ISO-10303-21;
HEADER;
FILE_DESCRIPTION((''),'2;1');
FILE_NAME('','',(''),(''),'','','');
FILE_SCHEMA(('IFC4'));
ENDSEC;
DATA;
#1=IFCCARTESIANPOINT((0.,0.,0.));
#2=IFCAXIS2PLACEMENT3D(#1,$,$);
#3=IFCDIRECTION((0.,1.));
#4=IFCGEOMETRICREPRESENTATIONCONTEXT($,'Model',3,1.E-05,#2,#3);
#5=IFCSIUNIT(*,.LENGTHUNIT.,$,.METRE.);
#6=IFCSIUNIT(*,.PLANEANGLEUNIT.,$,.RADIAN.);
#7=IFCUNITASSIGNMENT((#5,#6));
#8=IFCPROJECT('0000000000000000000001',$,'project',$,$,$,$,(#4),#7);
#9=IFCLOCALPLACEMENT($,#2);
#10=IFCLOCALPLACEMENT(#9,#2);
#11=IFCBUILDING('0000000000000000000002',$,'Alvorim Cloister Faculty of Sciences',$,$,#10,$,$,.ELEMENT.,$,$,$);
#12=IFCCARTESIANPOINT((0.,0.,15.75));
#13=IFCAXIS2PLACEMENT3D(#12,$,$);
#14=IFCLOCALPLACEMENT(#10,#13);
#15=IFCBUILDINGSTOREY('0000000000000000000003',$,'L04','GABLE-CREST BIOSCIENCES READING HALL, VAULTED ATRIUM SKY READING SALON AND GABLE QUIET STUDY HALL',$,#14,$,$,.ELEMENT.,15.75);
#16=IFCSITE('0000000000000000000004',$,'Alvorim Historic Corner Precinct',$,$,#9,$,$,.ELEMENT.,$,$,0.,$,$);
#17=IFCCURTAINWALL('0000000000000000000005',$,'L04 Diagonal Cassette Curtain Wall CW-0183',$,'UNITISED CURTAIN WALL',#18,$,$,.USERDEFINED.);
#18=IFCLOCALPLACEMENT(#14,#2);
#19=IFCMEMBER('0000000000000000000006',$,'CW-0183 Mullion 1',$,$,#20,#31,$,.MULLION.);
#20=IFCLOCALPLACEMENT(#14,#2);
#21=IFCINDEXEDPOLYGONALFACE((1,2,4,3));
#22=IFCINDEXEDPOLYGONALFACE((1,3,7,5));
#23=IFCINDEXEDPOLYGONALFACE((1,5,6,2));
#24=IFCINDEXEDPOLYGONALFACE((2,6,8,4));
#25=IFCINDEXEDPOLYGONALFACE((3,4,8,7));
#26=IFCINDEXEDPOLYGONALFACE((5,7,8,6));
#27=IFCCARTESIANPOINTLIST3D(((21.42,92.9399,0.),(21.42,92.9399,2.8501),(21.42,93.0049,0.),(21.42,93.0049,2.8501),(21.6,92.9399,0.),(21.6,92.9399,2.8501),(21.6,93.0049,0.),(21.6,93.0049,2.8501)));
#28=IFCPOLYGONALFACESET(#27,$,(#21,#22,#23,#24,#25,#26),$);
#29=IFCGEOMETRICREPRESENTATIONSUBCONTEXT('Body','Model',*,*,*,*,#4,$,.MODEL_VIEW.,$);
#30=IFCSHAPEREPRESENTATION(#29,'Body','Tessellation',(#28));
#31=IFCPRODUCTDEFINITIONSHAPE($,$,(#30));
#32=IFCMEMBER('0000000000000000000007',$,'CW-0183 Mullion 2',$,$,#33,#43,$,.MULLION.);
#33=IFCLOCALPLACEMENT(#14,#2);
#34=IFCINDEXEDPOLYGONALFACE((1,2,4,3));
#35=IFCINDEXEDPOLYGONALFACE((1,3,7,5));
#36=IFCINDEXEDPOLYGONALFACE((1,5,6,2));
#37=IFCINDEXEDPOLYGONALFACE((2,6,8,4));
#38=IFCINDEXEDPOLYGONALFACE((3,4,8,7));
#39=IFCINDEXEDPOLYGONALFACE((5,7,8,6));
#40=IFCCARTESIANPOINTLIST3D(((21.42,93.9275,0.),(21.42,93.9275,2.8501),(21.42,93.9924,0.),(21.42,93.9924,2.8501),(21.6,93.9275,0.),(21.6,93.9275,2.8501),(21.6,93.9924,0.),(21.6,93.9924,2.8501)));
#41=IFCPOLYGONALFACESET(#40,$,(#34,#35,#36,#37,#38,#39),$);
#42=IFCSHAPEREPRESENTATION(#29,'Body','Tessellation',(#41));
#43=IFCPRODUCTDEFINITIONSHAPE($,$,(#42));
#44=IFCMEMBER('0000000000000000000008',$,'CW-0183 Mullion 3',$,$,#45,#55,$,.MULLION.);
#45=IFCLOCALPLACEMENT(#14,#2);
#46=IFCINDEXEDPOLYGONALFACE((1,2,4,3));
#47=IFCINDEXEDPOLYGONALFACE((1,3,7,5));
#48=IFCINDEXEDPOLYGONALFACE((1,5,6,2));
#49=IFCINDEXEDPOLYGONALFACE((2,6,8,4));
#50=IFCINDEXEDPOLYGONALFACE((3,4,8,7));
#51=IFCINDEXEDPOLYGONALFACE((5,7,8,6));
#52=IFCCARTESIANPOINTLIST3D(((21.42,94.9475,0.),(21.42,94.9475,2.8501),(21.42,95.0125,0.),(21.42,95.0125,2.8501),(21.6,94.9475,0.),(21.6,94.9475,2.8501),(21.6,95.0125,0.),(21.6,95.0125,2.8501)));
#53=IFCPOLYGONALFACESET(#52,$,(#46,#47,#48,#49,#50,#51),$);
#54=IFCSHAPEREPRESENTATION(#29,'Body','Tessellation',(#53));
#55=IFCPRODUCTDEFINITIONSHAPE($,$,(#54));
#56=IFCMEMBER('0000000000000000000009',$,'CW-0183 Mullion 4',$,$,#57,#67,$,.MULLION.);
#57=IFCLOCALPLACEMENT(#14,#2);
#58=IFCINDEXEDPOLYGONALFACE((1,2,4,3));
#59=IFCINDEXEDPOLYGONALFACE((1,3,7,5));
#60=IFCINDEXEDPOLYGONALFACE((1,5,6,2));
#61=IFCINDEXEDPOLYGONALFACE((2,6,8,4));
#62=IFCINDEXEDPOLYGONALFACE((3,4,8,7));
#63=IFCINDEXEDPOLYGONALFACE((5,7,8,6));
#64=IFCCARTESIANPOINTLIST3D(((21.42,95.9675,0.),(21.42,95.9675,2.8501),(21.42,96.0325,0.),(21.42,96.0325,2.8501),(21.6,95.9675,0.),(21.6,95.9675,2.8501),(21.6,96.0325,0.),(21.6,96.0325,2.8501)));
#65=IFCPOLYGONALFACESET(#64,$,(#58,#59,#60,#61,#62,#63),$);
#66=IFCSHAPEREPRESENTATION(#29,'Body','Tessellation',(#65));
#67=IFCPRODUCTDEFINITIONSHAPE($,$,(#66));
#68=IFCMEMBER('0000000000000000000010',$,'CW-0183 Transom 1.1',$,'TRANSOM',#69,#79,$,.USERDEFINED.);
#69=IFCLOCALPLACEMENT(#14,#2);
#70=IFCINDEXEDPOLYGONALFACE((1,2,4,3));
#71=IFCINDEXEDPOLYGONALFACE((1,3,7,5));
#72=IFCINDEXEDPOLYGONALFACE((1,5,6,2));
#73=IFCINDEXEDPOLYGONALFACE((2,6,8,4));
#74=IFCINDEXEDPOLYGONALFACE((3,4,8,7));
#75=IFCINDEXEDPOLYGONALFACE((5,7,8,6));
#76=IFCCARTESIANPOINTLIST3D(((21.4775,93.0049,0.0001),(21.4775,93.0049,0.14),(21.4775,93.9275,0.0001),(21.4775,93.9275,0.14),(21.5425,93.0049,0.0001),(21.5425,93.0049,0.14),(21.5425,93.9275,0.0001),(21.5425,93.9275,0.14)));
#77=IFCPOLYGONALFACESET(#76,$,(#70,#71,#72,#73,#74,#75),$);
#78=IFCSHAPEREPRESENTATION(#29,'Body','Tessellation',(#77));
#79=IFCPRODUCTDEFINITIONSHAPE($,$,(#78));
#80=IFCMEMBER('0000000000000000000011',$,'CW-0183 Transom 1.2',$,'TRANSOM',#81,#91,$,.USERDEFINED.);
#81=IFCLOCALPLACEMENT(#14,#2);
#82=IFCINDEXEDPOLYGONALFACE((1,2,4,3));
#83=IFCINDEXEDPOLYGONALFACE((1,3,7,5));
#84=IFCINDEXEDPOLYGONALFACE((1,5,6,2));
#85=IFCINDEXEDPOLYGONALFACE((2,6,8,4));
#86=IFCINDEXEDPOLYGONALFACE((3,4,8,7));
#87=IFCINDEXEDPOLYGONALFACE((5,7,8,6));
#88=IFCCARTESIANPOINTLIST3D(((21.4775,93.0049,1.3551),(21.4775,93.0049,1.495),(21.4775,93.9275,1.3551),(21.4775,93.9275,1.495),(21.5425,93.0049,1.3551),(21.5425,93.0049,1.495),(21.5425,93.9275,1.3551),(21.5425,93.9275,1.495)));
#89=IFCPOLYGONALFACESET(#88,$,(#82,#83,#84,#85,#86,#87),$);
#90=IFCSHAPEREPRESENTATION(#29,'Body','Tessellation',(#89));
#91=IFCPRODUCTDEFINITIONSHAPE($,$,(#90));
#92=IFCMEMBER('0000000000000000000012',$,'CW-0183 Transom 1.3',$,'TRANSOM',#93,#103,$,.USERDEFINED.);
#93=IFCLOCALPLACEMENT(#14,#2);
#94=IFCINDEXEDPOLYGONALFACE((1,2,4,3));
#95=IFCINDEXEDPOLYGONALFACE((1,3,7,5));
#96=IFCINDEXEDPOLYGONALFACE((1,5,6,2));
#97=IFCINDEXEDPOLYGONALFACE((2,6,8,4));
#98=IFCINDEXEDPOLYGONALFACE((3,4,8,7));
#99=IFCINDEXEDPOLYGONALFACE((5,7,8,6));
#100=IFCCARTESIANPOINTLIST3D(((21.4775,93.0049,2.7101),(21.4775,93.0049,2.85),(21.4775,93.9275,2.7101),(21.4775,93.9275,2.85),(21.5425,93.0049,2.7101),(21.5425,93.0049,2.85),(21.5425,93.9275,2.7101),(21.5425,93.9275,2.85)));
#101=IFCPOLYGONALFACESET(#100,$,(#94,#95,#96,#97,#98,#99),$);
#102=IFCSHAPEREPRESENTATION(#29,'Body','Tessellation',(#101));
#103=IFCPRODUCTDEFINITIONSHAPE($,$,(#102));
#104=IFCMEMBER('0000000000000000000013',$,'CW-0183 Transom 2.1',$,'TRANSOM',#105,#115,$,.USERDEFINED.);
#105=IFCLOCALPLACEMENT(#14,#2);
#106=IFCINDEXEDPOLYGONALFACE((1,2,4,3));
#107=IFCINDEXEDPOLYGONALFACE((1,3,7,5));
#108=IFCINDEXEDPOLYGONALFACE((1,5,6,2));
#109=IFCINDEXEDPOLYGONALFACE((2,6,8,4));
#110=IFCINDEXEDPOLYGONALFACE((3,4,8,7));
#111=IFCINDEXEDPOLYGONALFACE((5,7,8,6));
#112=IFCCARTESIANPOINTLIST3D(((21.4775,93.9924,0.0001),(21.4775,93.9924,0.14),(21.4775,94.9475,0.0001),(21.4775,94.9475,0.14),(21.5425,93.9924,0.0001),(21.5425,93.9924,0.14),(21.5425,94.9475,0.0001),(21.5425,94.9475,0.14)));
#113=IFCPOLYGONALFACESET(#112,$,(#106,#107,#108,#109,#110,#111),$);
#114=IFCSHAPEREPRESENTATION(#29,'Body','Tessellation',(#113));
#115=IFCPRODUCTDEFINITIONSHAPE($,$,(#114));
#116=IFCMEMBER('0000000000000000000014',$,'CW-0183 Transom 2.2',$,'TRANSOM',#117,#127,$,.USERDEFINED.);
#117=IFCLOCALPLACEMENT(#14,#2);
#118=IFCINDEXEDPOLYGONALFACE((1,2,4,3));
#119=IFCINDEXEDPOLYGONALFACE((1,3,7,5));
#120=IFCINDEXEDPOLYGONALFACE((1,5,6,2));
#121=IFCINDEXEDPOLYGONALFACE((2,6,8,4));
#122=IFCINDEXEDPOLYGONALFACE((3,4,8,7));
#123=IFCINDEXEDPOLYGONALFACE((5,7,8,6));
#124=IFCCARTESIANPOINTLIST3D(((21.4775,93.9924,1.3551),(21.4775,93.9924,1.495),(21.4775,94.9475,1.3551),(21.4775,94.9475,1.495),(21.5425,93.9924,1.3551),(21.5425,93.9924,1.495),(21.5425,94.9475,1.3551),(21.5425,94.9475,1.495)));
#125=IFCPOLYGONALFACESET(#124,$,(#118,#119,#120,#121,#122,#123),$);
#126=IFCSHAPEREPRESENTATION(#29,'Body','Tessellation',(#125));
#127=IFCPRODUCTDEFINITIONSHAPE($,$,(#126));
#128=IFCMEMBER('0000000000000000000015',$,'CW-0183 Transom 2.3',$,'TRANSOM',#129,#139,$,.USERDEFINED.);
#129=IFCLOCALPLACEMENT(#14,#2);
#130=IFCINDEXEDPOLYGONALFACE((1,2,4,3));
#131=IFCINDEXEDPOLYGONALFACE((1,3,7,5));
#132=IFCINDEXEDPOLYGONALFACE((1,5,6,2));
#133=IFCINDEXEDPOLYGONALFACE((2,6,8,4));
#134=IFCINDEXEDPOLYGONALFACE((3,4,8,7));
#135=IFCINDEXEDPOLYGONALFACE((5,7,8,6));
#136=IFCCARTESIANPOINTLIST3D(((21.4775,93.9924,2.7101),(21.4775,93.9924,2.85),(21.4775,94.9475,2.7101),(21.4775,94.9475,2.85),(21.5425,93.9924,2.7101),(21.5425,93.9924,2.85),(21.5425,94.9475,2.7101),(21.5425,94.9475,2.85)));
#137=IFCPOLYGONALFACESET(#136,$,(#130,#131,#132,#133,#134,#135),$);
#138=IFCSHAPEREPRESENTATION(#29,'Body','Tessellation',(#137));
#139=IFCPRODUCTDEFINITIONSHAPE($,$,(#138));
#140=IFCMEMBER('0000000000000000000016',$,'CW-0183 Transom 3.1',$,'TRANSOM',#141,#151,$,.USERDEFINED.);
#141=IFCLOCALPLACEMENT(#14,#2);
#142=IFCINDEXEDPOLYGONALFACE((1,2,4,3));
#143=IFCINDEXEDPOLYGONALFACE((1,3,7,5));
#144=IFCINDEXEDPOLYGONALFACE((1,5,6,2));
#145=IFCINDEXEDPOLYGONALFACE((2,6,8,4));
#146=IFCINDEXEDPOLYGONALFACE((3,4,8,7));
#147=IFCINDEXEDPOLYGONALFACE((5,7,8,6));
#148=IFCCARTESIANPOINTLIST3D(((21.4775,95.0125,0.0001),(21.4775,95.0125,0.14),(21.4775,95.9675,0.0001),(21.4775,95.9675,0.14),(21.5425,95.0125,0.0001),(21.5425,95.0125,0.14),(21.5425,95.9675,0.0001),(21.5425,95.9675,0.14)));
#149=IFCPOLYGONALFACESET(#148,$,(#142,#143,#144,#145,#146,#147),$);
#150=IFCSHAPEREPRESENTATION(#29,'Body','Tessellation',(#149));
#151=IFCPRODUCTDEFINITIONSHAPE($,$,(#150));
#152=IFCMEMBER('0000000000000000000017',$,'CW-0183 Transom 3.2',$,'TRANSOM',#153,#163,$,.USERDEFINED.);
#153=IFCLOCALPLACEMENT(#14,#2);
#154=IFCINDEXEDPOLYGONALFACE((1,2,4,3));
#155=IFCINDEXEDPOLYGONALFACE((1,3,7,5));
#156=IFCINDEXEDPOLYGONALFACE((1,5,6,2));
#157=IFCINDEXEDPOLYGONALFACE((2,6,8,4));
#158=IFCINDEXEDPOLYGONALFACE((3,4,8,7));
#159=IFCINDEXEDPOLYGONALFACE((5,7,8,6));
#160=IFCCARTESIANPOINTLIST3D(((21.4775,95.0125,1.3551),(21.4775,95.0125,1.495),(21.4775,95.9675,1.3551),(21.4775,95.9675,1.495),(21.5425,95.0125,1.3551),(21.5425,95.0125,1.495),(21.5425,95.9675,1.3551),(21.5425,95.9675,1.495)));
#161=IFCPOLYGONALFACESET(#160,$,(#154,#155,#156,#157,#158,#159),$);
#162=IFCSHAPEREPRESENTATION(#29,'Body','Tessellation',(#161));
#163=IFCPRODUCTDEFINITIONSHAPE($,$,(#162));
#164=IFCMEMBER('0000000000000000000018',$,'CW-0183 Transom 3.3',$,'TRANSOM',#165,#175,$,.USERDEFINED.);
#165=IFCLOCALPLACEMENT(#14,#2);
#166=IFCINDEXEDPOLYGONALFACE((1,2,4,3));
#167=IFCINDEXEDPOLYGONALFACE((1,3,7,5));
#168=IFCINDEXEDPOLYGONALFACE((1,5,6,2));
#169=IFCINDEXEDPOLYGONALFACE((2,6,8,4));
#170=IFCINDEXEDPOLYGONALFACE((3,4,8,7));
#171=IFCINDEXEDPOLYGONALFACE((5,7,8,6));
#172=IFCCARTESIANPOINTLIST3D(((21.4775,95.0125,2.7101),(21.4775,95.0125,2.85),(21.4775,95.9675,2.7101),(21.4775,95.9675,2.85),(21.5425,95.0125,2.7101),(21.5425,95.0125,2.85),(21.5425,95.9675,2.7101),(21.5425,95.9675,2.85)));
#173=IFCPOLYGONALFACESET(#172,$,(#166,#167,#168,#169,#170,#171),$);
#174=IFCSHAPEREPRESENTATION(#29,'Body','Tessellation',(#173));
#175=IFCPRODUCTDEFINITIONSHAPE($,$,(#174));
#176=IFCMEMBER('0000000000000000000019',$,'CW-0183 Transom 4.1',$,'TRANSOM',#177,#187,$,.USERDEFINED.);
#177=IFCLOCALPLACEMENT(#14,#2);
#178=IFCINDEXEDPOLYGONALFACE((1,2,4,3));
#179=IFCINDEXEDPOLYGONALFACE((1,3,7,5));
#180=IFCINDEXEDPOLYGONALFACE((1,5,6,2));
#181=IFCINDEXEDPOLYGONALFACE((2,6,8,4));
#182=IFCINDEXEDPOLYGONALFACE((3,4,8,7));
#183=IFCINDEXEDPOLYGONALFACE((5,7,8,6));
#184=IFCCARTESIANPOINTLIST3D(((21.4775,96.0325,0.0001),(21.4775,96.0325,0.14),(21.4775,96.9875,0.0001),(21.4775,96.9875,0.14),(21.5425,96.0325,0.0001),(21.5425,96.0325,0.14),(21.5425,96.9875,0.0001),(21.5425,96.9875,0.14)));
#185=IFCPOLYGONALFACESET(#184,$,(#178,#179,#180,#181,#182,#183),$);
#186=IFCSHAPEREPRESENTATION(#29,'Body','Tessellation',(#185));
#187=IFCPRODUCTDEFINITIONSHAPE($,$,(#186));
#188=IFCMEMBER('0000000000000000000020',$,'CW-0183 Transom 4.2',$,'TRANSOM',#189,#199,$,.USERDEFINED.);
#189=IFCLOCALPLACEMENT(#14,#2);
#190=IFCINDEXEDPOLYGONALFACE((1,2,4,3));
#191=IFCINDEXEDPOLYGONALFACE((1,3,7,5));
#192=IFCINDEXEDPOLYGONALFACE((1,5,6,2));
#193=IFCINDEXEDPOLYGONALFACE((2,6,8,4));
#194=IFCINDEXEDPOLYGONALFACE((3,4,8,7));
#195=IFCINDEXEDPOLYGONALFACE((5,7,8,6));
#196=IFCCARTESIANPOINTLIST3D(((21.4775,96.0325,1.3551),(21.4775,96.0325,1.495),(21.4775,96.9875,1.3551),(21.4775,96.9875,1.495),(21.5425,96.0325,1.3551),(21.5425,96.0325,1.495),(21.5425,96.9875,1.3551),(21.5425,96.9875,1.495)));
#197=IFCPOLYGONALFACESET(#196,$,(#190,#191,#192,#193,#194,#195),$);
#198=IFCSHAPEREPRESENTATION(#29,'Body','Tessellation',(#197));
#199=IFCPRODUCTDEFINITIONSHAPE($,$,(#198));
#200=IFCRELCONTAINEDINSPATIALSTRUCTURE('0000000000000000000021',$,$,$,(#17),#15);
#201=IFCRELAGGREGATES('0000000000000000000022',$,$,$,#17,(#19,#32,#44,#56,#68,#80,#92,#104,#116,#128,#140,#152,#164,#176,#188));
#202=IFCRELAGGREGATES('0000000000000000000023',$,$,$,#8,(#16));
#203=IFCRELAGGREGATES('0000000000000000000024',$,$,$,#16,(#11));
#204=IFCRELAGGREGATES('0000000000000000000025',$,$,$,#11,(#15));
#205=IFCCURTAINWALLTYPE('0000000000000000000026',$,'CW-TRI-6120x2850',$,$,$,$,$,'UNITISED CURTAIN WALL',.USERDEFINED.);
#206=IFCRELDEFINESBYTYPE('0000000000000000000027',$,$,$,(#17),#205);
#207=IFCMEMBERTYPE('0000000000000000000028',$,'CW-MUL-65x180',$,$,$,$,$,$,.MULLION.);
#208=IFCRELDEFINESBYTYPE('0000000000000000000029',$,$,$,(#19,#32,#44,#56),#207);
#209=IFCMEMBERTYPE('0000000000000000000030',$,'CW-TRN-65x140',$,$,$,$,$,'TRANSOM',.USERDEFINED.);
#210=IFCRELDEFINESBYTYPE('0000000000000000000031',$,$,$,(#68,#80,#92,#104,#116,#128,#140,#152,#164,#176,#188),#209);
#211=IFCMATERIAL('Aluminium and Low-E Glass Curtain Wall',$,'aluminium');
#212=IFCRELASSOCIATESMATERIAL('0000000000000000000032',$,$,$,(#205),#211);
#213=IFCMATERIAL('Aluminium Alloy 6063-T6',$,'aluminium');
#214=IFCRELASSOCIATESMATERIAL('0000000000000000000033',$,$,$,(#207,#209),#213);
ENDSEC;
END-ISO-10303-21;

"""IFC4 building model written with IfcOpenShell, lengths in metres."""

from ifc_helpers import new_model, si_unit, direction, frame, origin, origin_2d, place, context, subcontext, project, spatial, rectangle, extrude, material, material_profile, profile_set, type_object, element, aggregate, save


model = new_model("IFC4")

# Units and contexts
model_context = context("Model", 3, precision=1e-05, world=origin(), true_north=direction((0.0, 1.0)))
body_context = subcontext(model_context, "Body", "Model", "MODEL_VIEW")
ifc_project = project(units=[si_unit("LENGTHUNIT", "METRE"), si_unit("PLANEANGLEUNIT", "RADIAN")], contexts=[model_context])

# Site, building, storey
site_placement = place(None, origin())
site = spatial("IfcSite", under=ifc_project, at=site_placement, Name="Alvorim Historic Corner Precinct", CompositionType="ELEMENT", RefElevation=0.0)
building_placement = place(site_placement, origin())
building = spatial("IfcBuilding", under=site, at=building_placement, Name="Alvorim Cloister Faculty of Sciences", CompositionType="ELEMENT")
storey_placement = place(building_placement, frame((0.0, 0.0, 15.75)))
storey = spatial("IfcBuildingStorey", under=building, at=storey_placement, Name="L04", Description="GABLE-CREST BIOSCIENCES READING HALL, VAULTED ATRIUM SKY READING SALON AND GABLE QUIET STUDY HALL", CompositionType="ELEMENT", Elevation=15.75)

# Curtain wall, members
ifc_material_1 = material(Name="Aluminium and Low-E Glass Curtain Wall", Category="aluminium")
curtain_wall_type = type_object("IfcCurtainWallType", Name="CW-TRI-6120x2850", ElementType="UNITISED CURTAIN WALL", PredefinedType="USERDEFINED", material=ifc_material_1)
curtain_wall_placement = place(storey_placement, origin())
curtain_wall = element("IfcCurtainWall", 1, at=curtain_wall_placement, inside=storey, type_object=curtain_wall_type, Name="L04 Diagonal Cassette Curtain Wall CW-0183", ObjectType="UNITISED CURTAIN WALL", PredefinedType="USERDEFINED")
ifc_material_2 = material(Name="Aluminium Alloy 6063-T6", Category="aluminium")
ifc_material_profile_1 = material_profile(ifc_material_2, rectangle(XDim=0.0649, YDim=0.1799, at=origin_2d()), Name="ALU-MUL-65x180")
ifc_profile_set_1 = profile_set([ifc_material_profile_1], Name="Aluminium Alloy 6063-T6")
member_type_1 = type_object("IfcMemberType", Name="CW-MUL-65x180", PredefinedType="MULLION", material=ifc_profile_set_1)
member_1_placement = place(storey_placement, frame((21.51, 92.9724, 0.0), z_axis=(0.0, 0.0, 1.0), x_axis=(0.0, 1.0, 0.0)))
member_1 = element("IfcMember", 2, at=member_1_placement, type_object=member_type_1, Name="CW-0183 Mullion 1", PredefinedType="MULLION", context=body_context, shape_type="SweptSolid", body=[
    extrude(rectangle(XDim=0.0649, YDim=0.1799, at=origin_2d()), origin(), (0.0, 0.0, 1.0), 2.8501),
])
member_2_placement = place(storey_placement, frame((21.51, 93.96, 0.0), z_axis=(0.0, 0.0, 1.0), x_axis=(0.0, 1.0, 0.0)))
member_2 = element("IfcMember", 3, at=member_2_placement, type_object=member_type_1, Name="CW-0183 Mullion 2", PredefinedType="MULLION", context=body_context, shape_type="SweptSolid", body=[
    extrude(rectangle(XDim=0.0649, YDim=0.1799, at=origin_2d()), origin(), (0.0, 0.0, 1.0), 2.8501),
])
member_3_placement = place(storey_placement, frame((21.51, 94.98, 0.0), z_axis=(0.0, 0.0, 1.0), x_axis=(0.0, 1.0, 0.0)))
member_3 = element("IfcMember", 4, at=member_3_placement, type_object=member_type_1, Name="CW-0183 Mullion 3", PredefinedType="MULLION", context=body_context, shape_type="SweptSolid", body=[
    extrude(rectangle(XDim=0.0649, YDim=0.1799, at=origin_2d()), origin(), (0.0, 0.0, 1.0), 2.8501),
])
member_4_placement = place(storey_placement, frame((21.51, 96.0, 0.0), z_axis=(0.0, 0.0, 1.0), x_axis=(0.0, 1.0, 0.0)))
member_4 = element("IfcMember", 5, at=member_4_placement, type_object=member_type_1, Name="CW-0183 Mullion 4", PredefinedType="MULLION", context=body_context, shape_type="SweptSolid", body=[
    extrude(rectangle(XDim=0.0649, YDim=0.1799, at=origin_2d()), origin(), (0.0, 0.0, 1.0), 2.8501),
])
ifc_material_profile_2 = material_profile(ifc_material_2, rectangle(XDim=0.0649, YDim=0.1399, at=origin_2d()), Name="ALU-TRN-65x140")
ifc_profile_set_2 = profile_set([ifc_material_profile_2], Name="Aluminium Alloy 6063-T6")
member_type_2 = type_object("IfcMemberType", Name="CW-TRN-65x140", ElementType="TRANSOM", PredefinedType="USERDEFINED", material=ifc_profile_set_2)
member_5_placement = place(storey_placement, frame((21.51, 93.0049, 0.0701), z_axis=(0.0, 1.0, 0.0), x_axis=(-1.0, 0.0, 0.0)))
member_5 = element("IfcMember", 6, at=member_5_placement, type_object=member_type_2, Name="CW-0183 Transom 1.1", ObjectType="TRANSOM", PredefinedType="USERDEFINED", context=body_context, shape_type="SweptSolid", body=[
    extrude(rectangle(XDim=0.0649, YDim=0.1399, at=origin_2d()), origin(), (0.0, 0.0, 1.0), 0.9226),
])
member_6_placement = place(storey_placement, frame((21.51, 93.0049, 1.425), z_axis=(0.0, 1.0, 0.0), x_axis=(-1.0, 0.0, 0.0)))
member_6 = element("IfcMember", 7, at=member_6_placement, type_object=member_type_2, Name="CW-0183 Transom 1.2", ObjectType="TRANSOM", PredefinedType="USERDEFINED", context=body_context, shape_type="SweptSolid", body=[
    extrude(rectangle(XDim=0.0649, YDim=0.1399, at=origin_2d()), origin(), (0.0, 0.0, 1.0), 0.9226),
])
member_7_placement = place(storey_placement, frame((21.51, 93.0049, 2.78), z_axis=(0.0, 1.0, 0.0), x_axis=(-1.0, 0.0, 0.0)))
member_7 = element("IfcMember", 8, at=member_7_placement, type_object=member_type_2, Name="CW-0183 Transom 1.3", ObjectType="TRANSOM", PredefinedType="USERDEFINED", context=body_context, shape_type="SweptSolid", body=[
    extrude(rectangle(XDim=0.0649, YDim=0.1399, at=origin_2d()), origin(), (0.0, 0.0, 1.0), 0.9226),
])
member_8_placement = place(storey_placement, frame((21.51, 93.9924, 0.0701), z_axis=(0.0, 1.0, 0.0), x_axis=(-1.0, 0.0, 0.0)))
member_8 = element("IfcMember", 9, at=member_8_placement, type_object=member_type_2, Name="CW-0183 Transom 2.1", ObjectType="TRANSOM", PredefinedType="USERDEFINED", context=body_context, shape_type="SweptSolid", body=[
    extrude(rectangle(XDim=0.0649, YDim=0.1399, at=origin_2d()), origin(), (0.0, 0.0, 1.0), 0.9551),
])
member_9_placement = place(storey_placement, frame((21.51, 93.9924, 1.425), z_axis=(0.0, 1.0, 0.0), x_axis=(-1.0, 0.0, 0.0)))
member_9 = element("IfcMember", 10, at=member_9_placement, type_object=member_type_2, Name="CW-0183 Transom 2.2", ObjectType="TRANSOM", PredefinedType="USERDEFINED", context=body_context, shape_type="SweptSolid", body=[
    extrude(rectangle(XDim=0.0649, YDim=0.1399, at=origin_2d()), origin(), (0.0, 0.0, 1.0), 0.9551),
])
member_10_placement = place(storey_placement, frame((21.51, 93.9924, 2.78), z_axis=(0.0, 1.0, 0.0), x_axis=(-1.0, 0.0, 0.0)))
member_10 = element("IfcMember", 11, at=member_10_placement, type_object=member_type_2, Name="CW-0183 Transom 2.3", ObjectType="TRANSOM", PredefinedType="USERDEFINED", context=body_context, shape_type="SweptSolid", body=[
    extrude(rectangle(XDim=0.0649, YDim=0.1399, at=origin_2d()), origin(), (0.0, 0.0, 1.0), 0.9551),
])
member_11_placement = place(storey_placement, frame((21.51, 95.0125, 0.0701), z_axis=(0.0, 1.0, 0.0), x_axis=(-1.0, 0.0, 0.0)))
member_11 = element("IfcMember", 12, at=member_11_placement, type_object=member_type_2, Name="CW-0183 Transom 3.1", ObjectType="TRANSOM", PredefinedType="USERDEFINED", context=body_context, shape_type="SweptSolid", body=[
    extrude(rectangle(XDim=0.0649, YDim=0.1399, at=origin_2d()), origin(), (0.0, 0.0, 1.0), 0.9551),
])
member_12_placement = place(storey_placement, frame((21.51, 95.0125, 1.425), z_axis=(0.0, 1.0, 0.0), x_axis=(-1.0, 0.0, 0.0)))
member_12 = element("IfcMember", 13, at=member_12_placement, type_object=member_type_2, Name="CW-0183 Transom 3.2", ObjectType="TRANSOM", PredefinedType="USERDEFINED", context=body_context, shape_type="SweptSolid", body=[
    extrude(rectangle(XDim=0.0649, YDim=0.1399, at=origin_2d()), origin(), (0.0, 0.0, 1.0), 0.9551),
])
member_13_placement = place(storey_placement, frame((21.51, 95.0125, 2.78), z_axis=(0.0, 1.0, 0.0), x_axis=(-1.0, 0.0, 0.0)))
member_13 = element("IfcMember", 14, at=member_13_placement, type_object=member_type_2, Name="CW-0183 Transom 3.3", ObjectType="TRANSOM", PredefinedType="USERDEFINED", context=body_context, shape_type="SweptSolid", body=[
    extrude(rectangle(XDim=0.0649, YDim=0.1399, at=origin_2d()), origin(), (0.0, 0.0, 1.0), 0.9551),
])
member_14_placement = place(storey_placement, frame((21.51, 96.0325, 0.0701), z_axis=(0.0, 1.0, 0.0), x_axis=(-1.0, 0.0, 0.0)))
member_14 = element("IfcMember", 15, at=member_14_placement, type_object=member_type_2, Name="CW-0183 Transom 4.1", ObjectType="TRANSOM", PredefinedType="USERDEFINED", context=body_context, shape_type="SweptSolid", body=[
    extrude(rectangle(XDim=0.0649, YDim=0.1399, at=origin_2d()), origin(), (0.0, 0.0, 1.0), 0.9551),
])
member_15_placement = place(storey_placement, frame((21.51, 96.0325, 1.425), z_axis=(0.0, 1.0, 0.0), x_axis=(-1.0, 0.0, 0.0)))
member_15 = element("IfcMember", 16, at=member_15_placement, type_object=member_type_2, Name="CW-0183 Transom 4.2", ObjectType="TRANSOM", PredefinedType="USERDEFINED", context=body_context, shape_type="SweptSolid", body=[
    extrude(rectangle(XDim=0.0649, YDim=0.1399, at=origin_2d()), origin(), (0.0, 0.0, 1.0), 0.9551),
])
aggregate(curtain_wall, [member_1, member_2, member_3, member_4, member_5, member_6, member_7, member_8, member_9, member_10, member_11, member_12, member_13, member_14, member_15])

save(model, "model.ifc")
